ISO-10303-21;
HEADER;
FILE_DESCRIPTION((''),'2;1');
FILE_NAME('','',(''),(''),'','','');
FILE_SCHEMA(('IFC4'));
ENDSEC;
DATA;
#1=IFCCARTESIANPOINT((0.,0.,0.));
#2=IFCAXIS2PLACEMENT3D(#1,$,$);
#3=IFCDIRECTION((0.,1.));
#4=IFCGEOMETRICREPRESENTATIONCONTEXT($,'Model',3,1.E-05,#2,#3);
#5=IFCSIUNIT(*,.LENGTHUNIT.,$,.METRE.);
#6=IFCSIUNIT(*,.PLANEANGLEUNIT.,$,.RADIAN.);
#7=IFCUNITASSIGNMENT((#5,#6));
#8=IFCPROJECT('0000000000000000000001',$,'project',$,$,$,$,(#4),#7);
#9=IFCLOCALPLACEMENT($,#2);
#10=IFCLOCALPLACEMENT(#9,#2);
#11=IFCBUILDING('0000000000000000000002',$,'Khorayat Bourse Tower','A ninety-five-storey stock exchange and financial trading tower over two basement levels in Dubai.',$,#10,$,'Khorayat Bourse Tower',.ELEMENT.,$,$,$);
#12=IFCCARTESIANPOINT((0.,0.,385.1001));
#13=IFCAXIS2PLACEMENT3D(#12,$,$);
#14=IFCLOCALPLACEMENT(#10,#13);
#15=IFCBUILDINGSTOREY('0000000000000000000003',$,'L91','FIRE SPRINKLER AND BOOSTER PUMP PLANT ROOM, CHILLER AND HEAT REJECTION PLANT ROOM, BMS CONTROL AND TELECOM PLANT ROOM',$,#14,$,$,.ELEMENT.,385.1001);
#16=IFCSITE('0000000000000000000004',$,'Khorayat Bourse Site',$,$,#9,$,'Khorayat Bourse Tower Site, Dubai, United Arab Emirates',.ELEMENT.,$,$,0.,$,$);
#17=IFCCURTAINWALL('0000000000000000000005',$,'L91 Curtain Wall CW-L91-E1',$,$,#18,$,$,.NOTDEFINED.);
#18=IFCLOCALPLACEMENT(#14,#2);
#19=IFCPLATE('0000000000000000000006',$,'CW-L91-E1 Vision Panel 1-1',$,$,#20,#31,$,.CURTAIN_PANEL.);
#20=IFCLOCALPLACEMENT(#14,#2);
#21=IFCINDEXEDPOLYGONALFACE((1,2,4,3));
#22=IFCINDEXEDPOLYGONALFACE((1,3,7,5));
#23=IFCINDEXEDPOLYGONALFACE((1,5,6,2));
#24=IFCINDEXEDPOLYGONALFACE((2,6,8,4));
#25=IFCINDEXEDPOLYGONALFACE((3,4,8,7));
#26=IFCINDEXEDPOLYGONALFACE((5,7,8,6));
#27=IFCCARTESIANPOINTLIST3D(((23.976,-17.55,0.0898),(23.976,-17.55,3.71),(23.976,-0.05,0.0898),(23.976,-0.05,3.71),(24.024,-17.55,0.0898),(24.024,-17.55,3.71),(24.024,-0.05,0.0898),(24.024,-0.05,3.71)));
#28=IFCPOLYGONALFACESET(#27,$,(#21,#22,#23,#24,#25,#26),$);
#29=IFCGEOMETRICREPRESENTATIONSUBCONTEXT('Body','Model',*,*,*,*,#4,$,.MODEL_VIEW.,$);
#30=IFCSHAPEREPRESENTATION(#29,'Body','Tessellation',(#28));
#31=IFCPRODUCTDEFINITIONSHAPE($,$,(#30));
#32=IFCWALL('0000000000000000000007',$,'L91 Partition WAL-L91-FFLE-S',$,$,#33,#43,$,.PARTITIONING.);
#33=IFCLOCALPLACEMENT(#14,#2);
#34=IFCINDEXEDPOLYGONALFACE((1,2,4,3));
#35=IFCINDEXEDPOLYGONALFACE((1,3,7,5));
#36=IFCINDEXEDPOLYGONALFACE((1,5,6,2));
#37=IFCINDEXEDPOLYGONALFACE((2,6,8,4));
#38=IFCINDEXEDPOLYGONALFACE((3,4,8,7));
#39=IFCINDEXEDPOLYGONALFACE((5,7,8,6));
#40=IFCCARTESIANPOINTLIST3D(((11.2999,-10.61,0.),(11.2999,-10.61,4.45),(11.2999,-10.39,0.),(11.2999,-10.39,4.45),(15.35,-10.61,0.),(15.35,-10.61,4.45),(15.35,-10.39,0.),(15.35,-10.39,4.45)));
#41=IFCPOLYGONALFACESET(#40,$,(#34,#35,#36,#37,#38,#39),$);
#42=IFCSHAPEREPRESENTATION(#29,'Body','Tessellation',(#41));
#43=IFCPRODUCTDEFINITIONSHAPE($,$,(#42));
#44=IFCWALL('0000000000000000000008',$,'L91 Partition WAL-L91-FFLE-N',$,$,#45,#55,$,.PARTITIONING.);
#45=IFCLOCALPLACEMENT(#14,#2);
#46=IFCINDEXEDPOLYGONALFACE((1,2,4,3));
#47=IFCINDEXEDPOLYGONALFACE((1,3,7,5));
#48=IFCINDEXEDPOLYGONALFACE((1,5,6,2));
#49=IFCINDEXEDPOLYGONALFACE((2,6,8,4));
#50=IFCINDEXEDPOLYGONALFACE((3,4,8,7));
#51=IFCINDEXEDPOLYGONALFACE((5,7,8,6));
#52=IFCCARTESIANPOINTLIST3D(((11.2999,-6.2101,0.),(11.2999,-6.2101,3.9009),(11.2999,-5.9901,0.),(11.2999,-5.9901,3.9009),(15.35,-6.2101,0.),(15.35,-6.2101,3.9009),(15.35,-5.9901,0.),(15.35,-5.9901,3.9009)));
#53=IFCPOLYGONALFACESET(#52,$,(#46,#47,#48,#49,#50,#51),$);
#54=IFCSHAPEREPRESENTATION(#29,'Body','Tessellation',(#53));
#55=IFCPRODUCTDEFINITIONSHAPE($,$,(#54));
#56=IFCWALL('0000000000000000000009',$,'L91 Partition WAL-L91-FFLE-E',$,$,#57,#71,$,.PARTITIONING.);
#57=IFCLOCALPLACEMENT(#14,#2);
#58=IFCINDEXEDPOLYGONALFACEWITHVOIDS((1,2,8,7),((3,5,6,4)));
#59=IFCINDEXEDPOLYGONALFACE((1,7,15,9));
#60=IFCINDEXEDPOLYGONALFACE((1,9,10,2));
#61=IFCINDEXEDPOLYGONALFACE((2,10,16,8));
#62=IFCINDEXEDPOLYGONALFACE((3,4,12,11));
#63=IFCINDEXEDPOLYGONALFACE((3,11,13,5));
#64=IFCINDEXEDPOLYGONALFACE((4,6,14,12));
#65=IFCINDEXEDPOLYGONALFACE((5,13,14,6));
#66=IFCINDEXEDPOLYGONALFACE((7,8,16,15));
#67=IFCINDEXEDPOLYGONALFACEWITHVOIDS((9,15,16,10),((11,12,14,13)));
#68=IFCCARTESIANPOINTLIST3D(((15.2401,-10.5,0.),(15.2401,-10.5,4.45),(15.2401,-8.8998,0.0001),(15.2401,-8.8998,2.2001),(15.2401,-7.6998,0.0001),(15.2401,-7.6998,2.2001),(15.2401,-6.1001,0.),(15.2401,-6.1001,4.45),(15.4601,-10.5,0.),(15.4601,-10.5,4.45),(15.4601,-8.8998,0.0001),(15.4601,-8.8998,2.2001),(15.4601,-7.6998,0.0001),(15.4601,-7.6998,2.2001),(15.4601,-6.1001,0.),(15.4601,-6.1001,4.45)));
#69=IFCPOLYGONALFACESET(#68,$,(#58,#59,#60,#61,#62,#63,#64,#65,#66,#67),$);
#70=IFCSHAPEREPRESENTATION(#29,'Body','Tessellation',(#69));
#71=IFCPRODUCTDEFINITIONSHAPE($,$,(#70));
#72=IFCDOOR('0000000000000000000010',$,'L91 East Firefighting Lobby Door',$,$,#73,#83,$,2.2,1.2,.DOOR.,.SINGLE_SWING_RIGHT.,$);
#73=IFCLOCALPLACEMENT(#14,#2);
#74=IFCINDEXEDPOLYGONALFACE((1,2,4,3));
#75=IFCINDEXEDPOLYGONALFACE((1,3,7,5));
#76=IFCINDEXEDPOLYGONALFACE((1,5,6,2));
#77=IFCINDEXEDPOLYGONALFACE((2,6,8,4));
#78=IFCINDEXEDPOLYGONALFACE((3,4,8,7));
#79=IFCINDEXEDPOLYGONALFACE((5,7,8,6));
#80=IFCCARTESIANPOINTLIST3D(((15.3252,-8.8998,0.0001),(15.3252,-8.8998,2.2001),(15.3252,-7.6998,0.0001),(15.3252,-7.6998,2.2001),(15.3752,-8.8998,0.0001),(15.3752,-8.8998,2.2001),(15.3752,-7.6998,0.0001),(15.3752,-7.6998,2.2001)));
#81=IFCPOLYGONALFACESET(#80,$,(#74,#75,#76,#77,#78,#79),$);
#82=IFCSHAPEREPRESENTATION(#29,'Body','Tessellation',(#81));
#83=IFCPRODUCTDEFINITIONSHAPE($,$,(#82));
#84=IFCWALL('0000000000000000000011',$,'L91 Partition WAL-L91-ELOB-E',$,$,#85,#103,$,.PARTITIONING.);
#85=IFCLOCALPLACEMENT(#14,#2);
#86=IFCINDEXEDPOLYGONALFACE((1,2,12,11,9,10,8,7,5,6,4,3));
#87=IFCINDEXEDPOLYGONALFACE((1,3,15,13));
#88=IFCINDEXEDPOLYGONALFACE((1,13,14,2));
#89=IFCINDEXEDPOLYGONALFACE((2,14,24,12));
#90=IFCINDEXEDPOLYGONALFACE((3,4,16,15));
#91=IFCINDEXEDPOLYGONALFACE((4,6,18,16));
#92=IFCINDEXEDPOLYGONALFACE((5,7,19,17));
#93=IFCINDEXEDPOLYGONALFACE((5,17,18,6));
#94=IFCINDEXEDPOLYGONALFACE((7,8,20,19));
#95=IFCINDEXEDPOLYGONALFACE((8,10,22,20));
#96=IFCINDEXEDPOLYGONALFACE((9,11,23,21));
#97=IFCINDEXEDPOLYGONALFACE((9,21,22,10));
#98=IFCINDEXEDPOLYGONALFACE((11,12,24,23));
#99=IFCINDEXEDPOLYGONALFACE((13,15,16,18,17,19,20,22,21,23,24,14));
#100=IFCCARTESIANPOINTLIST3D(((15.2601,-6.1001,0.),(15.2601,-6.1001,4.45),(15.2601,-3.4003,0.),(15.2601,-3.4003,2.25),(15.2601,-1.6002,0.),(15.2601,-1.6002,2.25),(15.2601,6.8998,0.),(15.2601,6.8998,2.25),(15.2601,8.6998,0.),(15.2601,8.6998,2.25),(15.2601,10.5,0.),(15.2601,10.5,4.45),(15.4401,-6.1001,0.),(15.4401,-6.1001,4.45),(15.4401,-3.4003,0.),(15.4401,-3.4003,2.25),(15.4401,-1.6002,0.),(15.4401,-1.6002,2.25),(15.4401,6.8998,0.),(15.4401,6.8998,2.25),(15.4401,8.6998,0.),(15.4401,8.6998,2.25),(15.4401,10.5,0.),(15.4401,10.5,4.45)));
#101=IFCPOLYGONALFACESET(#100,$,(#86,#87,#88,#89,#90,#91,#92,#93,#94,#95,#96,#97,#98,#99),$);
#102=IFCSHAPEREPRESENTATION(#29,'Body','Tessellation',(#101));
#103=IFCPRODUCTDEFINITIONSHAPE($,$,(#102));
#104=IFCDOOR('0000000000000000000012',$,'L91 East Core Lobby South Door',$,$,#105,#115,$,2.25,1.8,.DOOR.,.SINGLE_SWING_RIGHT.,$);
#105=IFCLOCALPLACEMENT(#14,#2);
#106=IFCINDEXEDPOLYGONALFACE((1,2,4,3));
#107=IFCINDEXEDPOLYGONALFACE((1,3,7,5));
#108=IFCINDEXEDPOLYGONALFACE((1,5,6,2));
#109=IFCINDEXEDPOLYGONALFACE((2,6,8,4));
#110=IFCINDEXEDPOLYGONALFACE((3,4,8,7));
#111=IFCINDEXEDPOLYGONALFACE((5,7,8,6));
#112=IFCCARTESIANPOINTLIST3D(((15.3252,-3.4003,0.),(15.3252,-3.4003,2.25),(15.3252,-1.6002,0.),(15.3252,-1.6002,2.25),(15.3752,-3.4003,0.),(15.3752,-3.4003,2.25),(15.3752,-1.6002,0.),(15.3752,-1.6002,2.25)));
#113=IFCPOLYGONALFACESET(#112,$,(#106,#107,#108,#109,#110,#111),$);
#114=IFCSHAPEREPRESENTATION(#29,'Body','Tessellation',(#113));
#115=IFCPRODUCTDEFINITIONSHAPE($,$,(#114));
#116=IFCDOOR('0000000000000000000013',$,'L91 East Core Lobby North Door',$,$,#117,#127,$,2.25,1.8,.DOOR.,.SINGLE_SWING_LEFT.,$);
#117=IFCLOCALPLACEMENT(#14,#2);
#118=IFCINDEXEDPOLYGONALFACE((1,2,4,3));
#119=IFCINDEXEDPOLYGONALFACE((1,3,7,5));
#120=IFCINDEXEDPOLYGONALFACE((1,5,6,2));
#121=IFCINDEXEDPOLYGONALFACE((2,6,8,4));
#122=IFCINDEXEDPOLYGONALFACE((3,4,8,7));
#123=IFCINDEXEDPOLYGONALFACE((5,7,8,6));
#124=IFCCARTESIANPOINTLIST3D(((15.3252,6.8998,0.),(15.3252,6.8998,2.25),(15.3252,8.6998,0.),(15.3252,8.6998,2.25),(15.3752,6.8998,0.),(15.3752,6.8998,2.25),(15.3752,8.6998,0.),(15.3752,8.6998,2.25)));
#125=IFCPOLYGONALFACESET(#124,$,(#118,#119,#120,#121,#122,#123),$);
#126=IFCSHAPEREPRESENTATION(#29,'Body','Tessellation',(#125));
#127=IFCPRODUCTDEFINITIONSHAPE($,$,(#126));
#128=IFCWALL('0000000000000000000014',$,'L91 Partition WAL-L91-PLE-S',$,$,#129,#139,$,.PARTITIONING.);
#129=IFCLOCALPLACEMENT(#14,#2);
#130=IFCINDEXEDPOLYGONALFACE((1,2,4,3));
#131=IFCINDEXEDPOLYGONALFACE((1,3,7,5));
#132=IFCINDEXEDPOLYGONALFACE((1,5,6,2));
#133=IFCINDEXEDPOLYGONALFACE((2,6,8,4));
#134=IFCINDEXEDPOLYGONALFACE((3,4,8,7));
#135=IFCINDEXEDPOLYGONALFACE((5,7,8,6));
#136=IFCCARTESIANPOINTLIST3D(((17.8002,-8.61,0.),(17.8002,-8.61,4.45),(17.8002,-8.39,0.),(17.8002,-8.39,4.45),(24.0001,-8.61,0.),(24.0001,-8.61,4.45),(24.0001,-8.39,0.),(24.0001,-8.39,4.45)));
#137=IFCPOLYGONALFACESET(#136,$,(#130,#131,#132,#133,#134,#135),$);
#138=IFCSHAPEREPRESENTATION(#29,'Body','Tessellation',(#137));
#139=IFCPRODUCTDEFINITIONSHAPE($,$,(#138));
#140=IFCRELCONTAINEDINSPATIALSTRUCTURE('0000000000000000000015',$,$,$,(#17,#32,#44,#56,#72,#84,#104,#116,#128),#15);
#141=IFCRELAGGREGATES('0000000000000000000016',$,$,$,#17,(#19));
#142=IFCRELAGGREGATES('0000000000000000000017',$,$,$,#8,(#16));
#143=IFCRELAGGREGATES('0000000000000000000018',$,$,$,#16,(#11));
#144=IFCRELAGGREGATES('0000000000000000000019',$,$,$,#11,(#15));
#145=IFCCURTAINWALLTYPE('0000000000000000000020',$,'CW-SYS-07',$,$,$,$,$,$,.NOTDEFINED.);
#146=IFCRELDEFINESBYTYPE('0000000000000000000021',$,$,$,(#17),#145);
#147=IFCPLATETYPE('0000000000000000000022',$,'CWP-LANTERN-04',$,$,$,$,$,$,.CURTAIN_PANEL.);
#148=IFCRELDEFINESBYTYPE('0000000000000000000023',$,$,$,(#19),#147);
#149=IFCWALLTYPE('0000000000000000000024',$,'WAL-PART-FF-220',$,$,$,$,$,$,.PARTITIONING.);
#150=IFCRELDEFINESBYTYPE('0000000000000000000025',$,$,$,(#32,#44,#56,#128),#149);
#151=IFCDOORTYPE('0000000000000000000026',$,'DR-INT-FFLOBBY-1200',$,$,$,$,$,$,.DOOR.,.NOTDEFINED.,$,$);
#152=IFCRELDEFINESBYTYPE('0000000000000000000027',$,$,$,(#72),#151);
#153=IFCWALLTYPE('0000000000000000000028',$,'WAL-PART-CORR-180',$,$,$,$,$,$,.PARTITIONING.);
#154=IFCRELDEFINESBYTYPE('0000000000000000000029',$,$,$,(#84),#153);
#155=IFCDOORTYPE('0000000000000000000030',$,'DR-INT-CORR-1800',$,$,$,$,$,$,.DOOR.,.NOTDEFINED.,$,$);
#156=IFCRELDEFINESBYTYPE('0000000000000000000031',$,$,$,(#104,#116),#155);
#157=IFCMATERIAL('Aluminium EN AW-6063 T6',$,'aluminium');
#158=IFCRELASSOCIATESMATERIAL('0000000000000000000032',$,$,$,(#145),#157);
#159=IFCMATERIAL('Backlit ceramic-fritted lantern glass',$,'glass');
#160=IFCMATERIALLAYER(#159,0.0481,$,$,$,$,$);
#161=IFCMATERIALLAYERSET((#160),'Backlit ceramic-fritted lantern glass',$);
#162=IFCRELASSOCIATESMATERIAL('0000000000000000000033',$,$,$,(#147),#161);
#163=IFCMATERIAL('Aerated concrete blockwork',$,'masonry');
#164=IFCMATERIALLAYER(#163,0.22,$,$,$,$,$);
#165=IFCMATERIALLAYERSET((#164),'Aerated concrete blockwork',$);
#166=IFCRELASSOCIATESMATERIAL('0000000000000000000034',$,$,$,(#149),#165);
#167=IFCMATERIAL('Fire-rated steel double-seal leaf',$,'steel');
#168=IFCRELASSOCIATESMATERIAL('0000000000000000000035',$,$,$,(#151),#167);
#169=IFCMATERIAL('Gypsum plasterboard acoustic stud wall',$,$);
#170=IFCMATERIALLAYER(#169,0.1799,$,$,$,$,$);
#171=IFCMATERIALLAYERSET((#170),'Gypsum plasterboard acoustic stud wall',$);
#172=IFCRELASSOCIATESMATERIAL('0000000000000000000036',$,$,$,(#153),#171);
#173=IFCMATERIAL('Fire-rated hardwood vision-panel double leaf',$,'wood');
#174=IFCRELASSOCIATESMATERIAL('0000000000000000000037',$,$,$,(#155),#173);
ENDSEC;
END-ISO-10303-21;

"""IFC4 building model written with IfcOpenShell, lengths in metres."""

from ifc_helpers import new_model, si_unit, direction, frame, frame_2d, origin, origin_2d, place, context, subcontext, project, spatial, rectangle, extrude, source, transform, mapped, material, layer, layer_set, type_object, element, fill, aggregate, save


model = new_model("IFC4")

# Units and contexts
model_context = context("Model", 3, precision=1e-05, world=origin(), true_north=direction((0.0, 1.0)))
body_context = subcontext(model_context, "Body", "Model", "MODEL_VIEW")
ifc_project = project(units=[si_unit("LENGTHUNIT", "METRE"), si_unit("PLANEANGLEUNIT", "RADIAN")], contexts=[model_context])

# Site, building, storey
site_placement = place(None, origin())
site = spatial("IfcSite", under=ifc_project, at=site_placement, Name="Khorayat Bourse Site", LongName="Khorayat Bourse Tower Site, Dubai, United Arab Emirates", CompositionType="ELEMENT", RefElevation=0.0)
building_placement = place(site_placement, origin())
building = spatial("IfcBuilding", under=site, at=building_placement, Name="Khorayat Bourse Tower", Description="A ninety-five-storey stock exchange and financial trading tower over two basement levels in Dubai.", LongName="Khorayat Bourse Tower", CompositionType="ELEMENT")
storey_placement = place(building_placement, frame((0.0, 0.0, 385.1001)))
storey = spatial("IfcBuildingStorey", under=building, at=storey_placement, Name="L91", Description="FIRE SPRINKLER AND BOOSTER PUMP PLANT ROOM, CHILLER AND HEAT REJECTION PLANT ROOM, BMS CONTROL AND TELECOM PLANT ROOM", CompositionType="ELEMENT", Elevation=385.1001)

# Curtain wall, plate
ifc_material_1 = material(Name="Aluminium EN AW-6063 T6", Category="aluminium")
curtain_wall_type = type_object("IfcCurtainWallType", Name="CW-SYS-07", PredefinedType="NOTDEFINED", material=ifc_material_1)
curtain_wall_placement = place(storey_placement, origin())
curtain_wall = element("IfcCurtainWall", 1, at=curtain_wall_placement, inside=storey, type_object=curtain_wall_type, Name="L91 Curtain Wall CW-L91-E1", PredefinedType="NOTDEFINED")
ifc_material_2 = material(Name="Backlit ceramic-fritted lantern glass", Category="glass")
ifc_layer_1 = layer(ifc_material_2, 0.0481)
ifc_layer_set_1 = layer_set([ifc_layer_1], Name="Backlit ceramic-fritted lantern glass")
plate_type_1 = type_object("IfcPlateType", Name="CWP-LANTERN-04", PredefinedType="CURTAIN_PANEL", material=ifc_layer_set_1)
shared_shape_1 = source(origin(), body_context, "Body", "SweptSolid", [
    extrude(rectangle(XDim=17.5, YDim=0.0481, at=origin_2d()), origin(), (0.0, 0.0, 1.0), 3.6201),
])
plate_placement = place(storey_placement, frame((24.0, -8.8, 0.0898), z_axis=(0.0, 0.0, 1.0), x_axis=(0.0, 1.0, 0.0)))
plate = element("IfcPlate", 2, at=plate_placement, type_object=plate_type_1, Name="CW-L91-E1 Vision Panel 1-1", PredefinedType="CURTAIN_PANEL", context=body_context, shape_type="MappedRepresentation", body=[
    mapped(shared_shape_1, transform((0.0, 0.0, 0.0), scale=1.0)),
])
aggregate(curtain_wall, [plate])

# Walls
ifc_material_3 = material(Name="Aerated concrete blockwork", Category="masonry")
ifc_layer_2 = layer(ifc_material_3, 0.22)
ifc_layer_set_2 = layer_set([ifc_layer_2], Name="Aerated concrete blockwork")
wall_type_1 = type_object("IfcWallType", Name="WAL-PART-FF-220", PredefinedType="PARTITIONING", material=ifc_layer_set_2)
shared_shape_2 = source(origin(), body_context, "Body", "SweptSolid", [
    extrude(rectangle(XDim=4.05, YDim=0.22, at=frame_2d((2.0249, 0.0))), origin(), (0.0, 0.0, 1.0), 4.45),
])
wall_1_placement = place(storey_placement, frame((11.3, -10.5, 0.0), z_axis=(0.0, 0.0, 1.0), x_axis=(1.0, 0.0, 0.0)))
element("IfcWall", 3, at=wall_1_placement, inside=storey, type_object=wall_type_1, Name="L91 Partition WAL-L91-FFLE-S", PredefinedType="PARTITIONING", context=body_context, shape_type="MappedRepresentation", body=[
    mapped(shared_shape_2, transform((0.0, 0.0, 0.0), scale=1.0)),
])
shared_shape_3 = source(origin(), body_context, "Body", "SweptSolid", [
    extrude(rectangle(XDim=4.05, YDim=0.22, at=frame_2d((2.0249, 0.0))), origin(), (0.0, 0.0, 1.0), 3.9009),
])
wall_2_placement = place(storey_placement, frame((11.3, -6.1001, 0.0), z_axis=(0.0, 0.0, 1.0), x_axis=(1.0, 0.0, 0.0)))
element("IfcWall", 4, at=wall_2_placement, inside=storey, type_object=wall_type_1, Name="L91 Partition WAL-L91-FFLE-N", PredefinedType="PARTITIONING", context=body_context, shape_type="MappedRepresentation", body=[
    mapped(shared_shape_3, transform((0.0, 0.0, 0.0), scale=1.0)),
])

# Wall, opening, door
shared_shape_4 = source(origin(), body_context, "Body", "SweptSolid", [
    extrude(rectangle(XDim=4.3999, YDim=0.22, at=frame_2d((2.2, 0.0))), origin(), (0.0, 0.0, 1.0), 4.45),
])
wall_3_placement = place(storey_placement, frame((15.3501, -10.5, 0.0), z_axis=(0.0, 0.0, 1.0), x_axis=(0.0, 1.0, 0.0)))
wall_3 = element("IfcWall", 5, at=wall_3_placement, inside=storey, type_object=wall_type_1, Name="L91 Partition WAL-L91-FFLE-E", PredefinedType="PARTITIONING", context=body_context, shape_type="MappedRepresentation", body=[
    mapped(shared_shape_4, transform((0.0, 0.0, 0.0), scale=1.0)),
])
shared_shape_5 = source(origin(), body_context, "Body", "SweptSolid", [
    extrude(rectangle(XDim=1.2, YDim=2.2, at=frame_2d((0.6001, 1.1001))), frame((0.0, 0.1199, 0.0), z_axis=(0.0, -1.0, 0.0), x_axis=(1.0, 0.0, 0.0)), (0.0, 0.0, 1.0), 0.24),
])
opening_1_placement = place(wall_3_placement, frame((1.6001, 0.0, 0.0)))
opening_1 = element("IfcOpeningElement", 6, at=opening_1_placement, cuts=wall_3, PredefinedType="OPENING", context=body_context, shape_type="MappedRepresentation", body=[
    mapped(shared_shape_5, transform((0.0, 0.0, 0.0), scale=1.0)),
])
ifc_material_4 = material(Name="Fire-rated steel double-seal leaf", Category="steel")
door_type_1 = type_object("IfcDoorType", Name="DR-INT-FFLOBBY-1200", OperationType="NOTDEFINED", PredefinedType="DOOR", material=ifc_material_4)
shared_shape_6 = source(origin(), body_context, "Body", "SweptSolid", [
    extrude(rectangle(XDim=1.2, YDim=2.2, at=frame_2d((0.6001, 1.1001))), frame((0.0, 0.0249, 0.0), z_axis=(0.0, -1.0, 0.0), x_axis=(1.0, 0.0, 0.0)), (0.0, 0.0, 1.0), 0.05),
])
door_1_placement = place(opening_1_placement, origin())
door_1 = element("IfcDoor", 7, at=door_1_placement, inside=storey, type_object=door_type_1, Name="L91 East Firefighting Lobby Door", OperationType="SINGLE_SWING_RIGHT", OverallHeight=2.2, OverallWidth=1.2, PredefinedType="DOOR", context=body_context, shape_type="MappedRepresentation", body=[
    mapped(shared_shape_6, transform((0.0, 0.0, 0.0), scale=1.0)),
])
fill(opening_1, door_1)

# Wall, openings, doors
ifc_material_5 = material(Name="Gypsum plasterboard acoustic stud wall")
ifc_layer_3 = layer(ifc_material_5, 0.1799)
ifc_layer_set_3 = layer_set([ifc_layer_3], Name="Gypsum plasterboard acoustic stud wall")
wall_type_2 = type_object("IfcWallType", Name="WAL-PART-CORR-180", PredefinedType="PARTITIONING", material=ifc_layer_set_3)
shared_shape_7 = source(origin(), body_context, "Body", "SweptSolid", [
    extrude(rectangle(XDim=16.6001, YDim=0.1799, at=frame_2d((8.3, 0.0))), origin(), (0.0, 0.0, 1.0), 4.45),
])
wall_4_placement = place(storey_placement, frame((15.3501, -6.1001, 0.0), z_axis=(0.0, 0.0, 1.0), x_axis=(0.0, 1.0, 0.0)))
wall_4 = element("IfcWall", 8, at=wall_4_placement, inside=storey, type_object=wall_type_2, Name="L91 Partition WAL-L91-ELOB-E", PredefinedType="PARTITIONING", context=body_context, shape_type="MappedRepresentation", body=[
    mapped(shared_shape_7, transform((0.0, 0.0, 0.0), scale=1.0)),
])
shared_shape_8 = source(origin(), body_context, "Body", "SweptSolid", [
    extrude(rectangle(XDim=1.8, YDim=2.25, at=frame_2d((0.8999, 1.125))), frame((0.0, 0.0999, 0.0), z_axis=(0.0, -1.0, 0.0), x_axis=(1.0, 0.0, 0.0)), (0.0, 0.0, 1.0), 0.2),
])
opening_2_placement = place(wall_4_placement, frame((2.7, 0.0, 0.0)))
opening_2 = element("IfcOpeningElement", 9, at=opening_2_placement, cuts=wall_4, PredefinedType="OPENING", context=body_context, shape_type="MappedRepresentation", body=[
    mapped(shared_shape_8, transform((0.0, 0.0, 0.0), scale=1.0)),
])
opening_3_placement = place(wall_4_placement, frame((13.0, 0.0, 0.0)))
opening_3 = element("IfcOpeningElement", 10, at=opening_3_placement, cuts=wall_4, PredefinedType="OPENING", context=body_context, shape_type="MappedRepresentation", body=[
    mapped(shared_shape_8, transform((0.0, 0.0, 0.0), scale=1.0)),
])
ifc_material_6 = material(Name="Fire-rated hardwood vision-panel double leaf", Category="wood")
door_type_2 = type_object("IfcDoorType", Name="DR-INT-CORR-1800", OperationType="NOTDEFINED", PredefinedType="DOOR", material=ifc_material_6)
shared_shape_9 = source(origin(), body_context, "Body", "SweptSolid", [
    extrude(rectangle(XDim=1.8, YDim=2.25, at=frame_2d((0.8999, 1.125))), frame((0.0, 0.0249, 0.0), z_axis=(0.0, -1.0, 0.0), x_axis=(1.0, 0.0, 0.0)), (0.0, 0.0, 1.0), 0.05),
])
door_2_placement = place(opening_2_placement, origin())
door_2 = element("IfcDoor", 11, at=door_2_placement, inside=storey, type_object=door_type_2, Name="L91 East Core Lobby South Door", OperationType="SINGLE_SWING_RIGHT", OverallHeight=2.25, OverallWidth=1.8, PredefinedType="DOOR", context=body_context, shape_type="MappedRepresentation", body=[
    mapped(shared_shape_9, transform((0.0, 0.0, 0.0), scale=1.0)),
])
fill(opening_2, door_2)
door_3_placement = place(opening_3_placement, origin())
door_3 = element("IfcDoor", 12, at=door_3_placement, inside=storey, type_object=door_type_2, Name="L91 East Core Lobby North Door", OperationType="SINGLE_SWING_LEFT", OverallHeight=2.25, OverallWidth=1.8, PredefinedType="DOOR", context=body_context, shape_type="MappedRepresentation", body=[
    mapped(shared_shape_9, transform((0.0, 0.0, 0.0), scale=1.0)),
])
fill(opening_3, door_3)

# Wall
shared_shape_10 = source(origin(), body_context, "Body", "SweptSolid", [
    extrude(rectangle(XDim=6.2, YDim=0.22, at=frame_2d((3.1001, 0.0))), origin(), (0.0, 0.0, 1.0), 4.45),
])
wall_5_placement = place(storey_placement, frame((17.8, -8.5, 0.0), z_axis=(0.0, 0.0, 1.0), x_axis=(1.0, 0.0, 0.0)))
element("IfcWall", 13, at=wall_5_placement, inside=storey, type_object=wall_type_1, Name="L91 Partition WAL-L91-PLE-S", PredefinedType="PARTITIONING", context=body_context, shape_type="MappedRepresentation", body=[
    mapped(shared_shape_10, transform((0.0, 0.0, 0.0), scale=1.0)),
])

save(model, "model.ifc")
